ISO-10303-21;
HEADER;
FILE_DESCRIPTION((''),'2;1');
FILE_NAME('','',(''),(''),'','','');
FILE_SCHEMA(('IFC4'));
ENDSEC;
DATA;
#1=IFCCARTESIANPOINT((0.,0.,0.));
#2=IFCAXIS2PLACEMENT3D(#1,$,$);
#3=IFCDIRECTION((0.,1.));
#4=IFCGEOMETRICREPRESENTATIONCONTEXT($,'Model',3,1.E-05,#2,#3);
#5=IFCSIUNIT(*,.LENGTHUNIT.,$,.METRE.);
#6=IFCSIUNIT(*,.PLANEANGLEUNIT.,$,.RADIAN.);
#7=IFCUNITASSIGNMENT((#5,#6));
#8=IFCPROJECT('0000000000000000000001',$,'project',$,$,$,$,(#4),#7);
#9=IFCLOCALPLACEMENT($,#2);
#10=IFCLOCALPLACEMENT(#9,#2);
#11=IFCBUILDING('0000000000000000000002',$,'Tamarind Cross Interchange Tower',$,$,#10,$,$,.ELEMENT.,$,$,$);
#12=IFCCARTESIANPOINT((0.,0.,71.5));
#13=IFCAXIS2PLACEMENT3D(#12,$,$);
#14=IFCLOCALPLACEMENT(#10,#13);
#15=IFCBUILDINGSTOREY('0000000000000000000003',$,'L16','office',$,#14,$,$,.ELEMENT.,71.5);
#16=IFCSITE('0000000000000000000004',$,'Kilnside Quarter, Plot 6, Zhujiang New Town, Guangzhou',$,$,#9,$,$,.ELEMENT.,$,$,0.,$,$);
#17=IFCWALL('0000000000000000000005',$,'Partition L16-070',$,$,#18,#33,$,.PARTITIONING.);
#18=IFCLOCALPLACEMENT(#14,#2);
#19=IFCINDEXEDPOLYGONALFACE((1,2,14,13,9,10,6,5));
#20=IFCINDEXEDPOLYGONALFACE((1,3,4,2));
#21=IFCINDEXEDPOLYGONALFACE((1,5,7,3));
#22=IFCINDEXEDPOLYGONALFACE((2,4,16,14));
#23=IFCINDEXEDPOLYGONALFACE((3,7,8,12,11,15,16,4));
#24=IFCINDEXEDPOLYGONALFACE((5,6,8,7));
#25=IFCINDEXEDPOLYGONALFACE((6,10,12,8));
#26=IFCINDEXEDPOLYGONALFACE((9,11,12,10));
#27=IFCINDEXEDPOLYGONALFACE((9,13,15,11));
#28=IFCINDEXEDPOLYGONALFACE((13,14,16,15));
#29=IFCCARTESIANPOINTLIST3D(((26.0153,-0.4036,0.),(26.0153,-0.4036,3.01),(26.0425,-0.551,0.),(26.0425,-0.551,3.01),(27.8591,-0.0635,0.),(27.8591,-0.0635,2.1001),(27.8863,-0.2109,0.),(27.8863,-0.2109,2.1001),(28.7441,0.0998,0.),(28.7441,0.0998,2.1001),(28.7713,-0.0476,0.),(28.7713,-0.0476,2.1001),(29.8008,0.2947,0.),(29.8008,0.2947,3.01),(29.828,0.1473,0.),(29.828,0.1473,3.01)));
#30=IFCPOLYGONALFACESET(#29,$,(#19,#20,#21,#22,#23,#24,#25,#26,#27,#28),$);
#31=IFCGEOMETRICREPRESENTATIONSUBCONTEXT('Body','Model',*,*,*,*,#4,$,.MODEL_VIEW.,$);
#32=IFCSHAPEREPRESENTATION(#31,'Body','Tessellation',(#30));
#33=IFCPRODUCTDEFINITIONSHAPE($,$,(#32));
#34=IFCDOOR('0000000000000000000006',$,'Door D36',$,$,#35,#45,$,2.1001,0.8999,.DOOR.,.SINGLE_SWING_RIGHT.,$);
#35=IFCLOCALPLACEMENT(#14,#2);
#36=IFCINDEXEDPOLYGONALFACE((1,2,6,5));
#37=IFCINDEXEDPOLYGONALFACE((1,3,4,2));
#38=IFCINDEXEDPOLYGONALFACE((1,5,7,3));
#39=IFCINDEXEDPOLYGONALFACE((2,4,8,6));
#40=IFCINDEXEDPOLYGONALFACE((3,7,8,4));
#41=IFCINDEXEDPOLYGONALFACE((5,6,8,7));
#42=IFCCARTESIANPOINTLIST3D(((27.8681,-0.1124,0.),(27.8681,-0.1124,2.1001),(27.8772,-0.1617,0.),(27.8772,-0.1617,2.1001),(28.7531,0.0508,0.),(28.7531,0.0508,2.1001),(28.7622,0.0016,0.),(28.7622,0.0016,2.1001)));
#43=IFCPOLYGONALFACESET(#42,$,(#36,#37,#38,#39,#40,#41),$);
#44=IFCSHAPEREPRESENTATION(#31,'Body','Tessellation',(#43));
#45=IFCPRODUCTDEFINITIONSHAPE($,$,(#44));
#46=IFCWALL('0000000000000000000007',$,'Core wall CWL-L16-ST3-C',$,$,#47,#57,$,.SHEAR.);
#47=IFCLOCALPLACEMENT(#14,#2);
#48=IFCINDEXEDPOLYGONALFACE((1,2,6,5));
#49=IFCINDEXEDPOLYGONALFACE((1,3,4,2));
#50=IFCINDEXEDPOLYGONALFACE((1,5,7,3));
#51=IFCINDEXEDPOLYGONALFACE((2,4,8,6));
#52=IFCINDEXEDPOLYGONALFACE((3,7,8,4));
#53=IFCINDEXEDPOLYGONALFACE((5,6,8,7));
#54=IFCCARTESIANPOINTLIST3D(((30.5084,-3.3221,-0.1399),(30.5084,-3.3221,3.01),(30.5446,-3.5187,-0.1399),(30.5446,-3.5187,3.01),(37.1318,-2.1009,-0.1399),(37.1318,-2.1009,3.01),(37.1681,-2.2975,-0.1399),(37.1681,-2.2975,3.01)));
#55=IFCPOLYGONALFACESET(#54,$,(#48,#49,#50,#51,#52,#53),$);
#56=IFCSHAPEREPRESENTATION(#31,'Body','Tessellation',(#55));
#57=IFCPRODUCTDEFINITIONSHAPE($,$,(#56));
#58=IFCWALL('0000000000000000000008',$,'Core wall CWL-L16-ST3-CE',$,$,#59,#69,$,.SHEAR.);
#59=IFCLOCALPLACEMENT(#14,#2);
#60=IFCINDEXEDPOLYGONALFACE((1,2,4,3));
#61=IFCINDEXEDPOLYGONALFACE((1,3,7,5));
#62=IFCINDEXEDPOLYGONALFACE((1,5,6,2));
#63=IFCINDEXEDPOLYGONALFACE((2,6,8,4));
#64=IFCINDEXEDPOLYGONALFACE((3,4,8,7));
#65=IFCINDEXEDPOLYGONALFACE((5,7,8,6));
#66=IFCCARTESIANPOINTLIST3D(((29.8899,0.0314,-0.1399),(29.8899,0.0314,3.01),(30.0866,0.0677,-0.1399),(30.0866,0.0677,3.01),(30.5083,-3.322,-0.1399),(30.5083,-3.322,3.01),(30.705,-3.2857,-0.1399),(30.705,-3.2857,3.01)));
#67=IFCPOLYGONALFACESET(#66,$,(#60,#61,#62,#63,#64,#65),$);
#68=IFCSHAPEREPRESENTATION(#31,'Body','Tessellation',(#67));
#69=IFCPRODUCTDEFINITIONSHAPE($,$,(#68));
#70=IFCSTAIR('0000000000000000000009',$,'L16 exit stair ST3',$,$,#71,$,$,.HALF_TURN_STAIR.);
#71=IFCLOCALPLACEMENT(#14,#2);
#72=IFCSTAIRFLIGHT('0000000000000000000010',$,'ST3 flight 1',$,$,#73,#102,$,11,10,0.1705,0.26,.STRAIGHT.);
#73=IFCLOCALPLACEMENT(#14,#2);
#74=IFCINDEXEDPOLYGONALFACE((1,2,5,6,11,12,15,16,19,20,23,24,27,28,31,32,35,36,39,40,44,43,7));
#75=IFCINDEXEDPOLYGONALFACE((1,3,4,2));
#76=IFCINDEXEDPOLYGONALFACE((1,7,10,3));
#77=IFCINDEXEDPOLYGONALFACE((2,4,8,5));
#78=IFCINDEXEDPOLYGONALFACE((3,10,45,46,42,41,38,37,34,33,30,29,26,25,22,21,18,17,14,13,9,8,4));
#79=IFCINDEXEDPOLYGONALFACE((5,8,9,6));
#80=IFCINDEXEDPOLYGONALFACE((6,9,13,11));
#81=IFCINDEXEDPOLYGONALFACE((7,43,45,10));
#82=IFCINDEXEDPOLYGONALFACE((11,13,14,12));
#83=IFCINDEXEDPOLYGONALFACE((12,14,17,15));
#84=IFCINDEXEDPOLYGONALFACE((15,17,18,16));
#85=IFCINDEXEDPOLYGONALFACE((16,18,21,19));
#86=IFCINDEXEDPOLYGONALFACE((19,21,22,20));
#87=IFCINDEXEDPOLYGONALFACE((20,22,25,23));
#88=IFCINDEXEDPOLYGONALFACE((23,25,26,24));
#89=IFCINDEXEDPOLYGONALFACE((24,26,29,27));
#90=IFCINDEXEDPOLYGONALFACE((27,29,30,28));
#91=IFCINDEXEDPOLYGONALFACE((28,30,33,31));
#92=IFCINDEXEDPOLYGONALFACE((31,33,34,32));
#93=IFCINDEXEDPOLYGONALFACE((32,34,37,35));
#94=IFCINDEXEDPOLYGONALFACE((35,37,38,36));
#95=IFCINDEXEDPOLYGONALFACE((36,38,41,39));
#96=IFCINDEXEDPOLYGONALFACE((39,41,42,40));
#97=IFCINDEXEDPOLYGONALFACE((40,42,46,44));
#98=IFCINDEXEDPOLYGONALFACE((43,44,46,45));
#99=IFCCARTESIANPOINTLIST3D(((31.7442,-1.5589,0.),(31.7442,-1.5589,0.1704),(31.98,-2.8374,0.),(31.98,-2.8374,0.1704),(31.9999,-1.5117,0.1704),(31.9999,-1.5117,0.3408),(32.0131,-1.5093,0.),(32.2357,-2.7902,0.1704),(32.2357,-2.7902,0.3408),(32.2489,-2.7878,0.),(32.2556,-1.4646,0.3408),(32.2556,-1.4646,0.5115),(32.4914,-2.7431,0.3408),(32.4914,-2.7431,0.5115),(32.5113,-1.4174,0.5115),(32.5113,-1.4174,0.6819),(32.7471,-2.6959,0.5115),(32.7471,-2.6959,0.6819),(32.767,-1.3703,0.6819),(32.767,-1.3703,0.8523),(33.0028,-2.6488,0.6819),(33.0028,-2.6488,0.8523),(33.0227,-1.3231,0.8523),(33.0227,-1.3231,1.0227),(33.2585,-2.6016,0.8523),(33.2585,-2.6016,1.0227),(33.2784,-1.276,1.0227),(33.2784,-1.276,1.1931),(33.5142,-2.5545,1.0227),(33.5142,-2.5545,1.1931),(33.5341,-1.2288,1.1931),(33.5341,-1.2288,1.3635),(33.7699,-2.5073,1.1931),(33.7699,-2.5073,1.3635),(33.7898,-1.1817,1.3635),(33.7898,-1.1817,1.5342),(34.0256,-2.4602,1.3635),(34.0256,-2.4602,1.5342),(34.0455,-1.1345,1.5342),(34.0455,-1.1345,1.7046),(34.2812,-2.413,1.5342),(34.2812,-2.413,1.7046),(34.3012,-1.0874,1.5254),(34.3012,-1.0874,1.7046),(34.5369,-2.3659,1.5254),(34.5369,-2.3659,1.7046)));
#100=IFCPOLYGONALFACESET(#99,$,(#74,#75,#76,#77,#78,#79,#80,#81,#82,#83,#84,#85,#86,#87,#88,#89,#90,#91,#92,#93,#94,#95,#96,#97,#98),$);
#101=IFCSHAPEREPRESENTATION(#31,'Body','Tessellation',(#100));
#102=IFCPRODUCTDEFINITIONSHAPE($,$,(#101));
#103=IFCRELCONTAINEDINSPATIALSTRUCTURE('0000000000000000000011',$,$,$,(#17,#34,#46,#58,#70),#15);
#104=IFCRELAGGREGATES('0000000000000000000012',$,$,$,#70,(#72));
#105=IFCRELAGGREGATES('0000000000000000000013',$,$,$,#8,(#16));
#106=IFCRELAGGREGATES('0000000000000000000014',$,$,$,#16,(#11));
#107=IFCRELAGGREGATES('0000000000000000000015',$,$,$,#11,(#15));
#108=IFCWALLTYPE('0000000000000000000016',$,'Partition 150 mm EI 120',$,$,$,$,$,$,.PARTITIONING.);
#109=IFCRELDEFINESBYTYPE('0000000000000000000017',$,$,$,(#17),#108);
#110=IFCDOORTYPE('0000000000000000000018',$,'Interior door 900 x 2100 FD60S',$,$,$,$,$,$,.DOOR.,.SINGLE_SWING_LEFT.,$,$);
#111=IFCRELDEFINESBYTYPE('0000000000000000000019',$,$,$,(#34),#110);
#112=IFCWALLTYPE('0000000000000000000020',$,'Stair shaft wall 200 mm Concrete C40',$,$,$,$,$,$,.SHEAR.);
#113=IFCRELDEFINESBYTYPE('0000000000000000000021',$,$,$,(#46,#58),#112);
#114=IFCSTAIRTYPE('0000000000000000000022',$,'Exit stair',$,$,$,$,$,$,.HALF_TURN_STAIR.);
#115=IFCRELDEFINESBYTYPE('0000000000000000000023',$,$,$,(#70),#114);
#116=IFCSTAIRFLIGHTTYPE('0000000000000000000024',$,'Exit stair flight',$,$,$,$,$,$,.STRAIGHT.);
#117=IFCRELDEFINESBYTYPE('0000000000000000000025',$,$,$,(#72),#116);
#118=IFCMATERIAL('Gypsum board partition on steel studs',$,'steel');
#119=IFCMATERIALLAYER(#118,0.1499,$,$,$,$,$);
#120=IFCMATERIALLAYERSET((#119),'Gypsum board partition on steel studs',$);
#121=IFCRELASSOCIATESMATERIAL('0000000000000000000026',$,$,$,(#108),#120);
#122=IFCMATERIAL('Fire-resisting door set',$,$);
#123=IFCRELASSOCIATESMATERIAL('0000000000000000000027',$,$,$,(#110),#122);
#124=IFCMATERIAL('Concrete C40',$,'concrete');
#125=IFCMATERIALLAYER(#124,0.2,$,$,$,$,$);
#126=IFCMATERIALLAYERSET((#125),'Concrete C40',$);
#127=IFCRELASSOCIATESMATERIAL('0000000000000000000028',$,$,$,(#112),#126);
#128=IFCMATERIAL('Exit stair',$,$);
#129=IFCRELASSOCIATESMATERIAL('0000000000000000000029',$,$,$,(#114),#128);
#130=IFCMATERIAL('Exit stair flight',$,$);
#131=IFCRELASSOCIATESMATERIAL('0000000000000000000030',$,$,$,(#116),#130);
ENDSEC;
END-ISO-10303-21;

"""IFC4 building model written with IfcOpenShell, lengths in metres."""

from ifc_helpers import new_model, si_unit, direction, frame, frame_2d, origin, place, context, subcontext, project, spatial, polyline, rectangle, outline, extrude, material, layer, layer_set, type_object, element, fill, aggregate, save


model = new_model("IFC4")

# Units and contexts
model_context = context("Model", 3, precision=1e-05, world=origin(), true_north=direction((0.0, 1.0)))
body_context = subcontext(model_context, "Body", "Model", "MODEL_VIEW")
ifc_project = project(units=[si_unit("LENGTHUNIT", "METRE"), si_unit("PLANEANGLEUNIT", "RADIAN")], contexts=[model_context])

# Site, building, storey
site_placement = place(None, origin())
site = spatial("IfcSite", under=ifc_project, at=site_placement, Name="Kilnside Quarter, Plot 6, Zhujiang New Town, Guangzhou", CompositionType="ELEMENT", RefElevation=0.0)
building_placement = place(site_placement, origin())
building = spatial("IfcBuilding", under=site, at=building_placement, Name="Tamarind Cross Interchange Tower", CompositionType="ELEMENT")
storey_placement = place(building_placement, frame((0.0, 0.0, 71.5)))
storey = spatial("IfcBuildingStorey", under=building, at=storey_placement, Name="L16", Description="office", CompositionType="ELEMENT", Elevation=71.5)

# Shared definitions
ifc_material_1 = material(Name="Concrete C40", Category="concrete")

# Shared definitions
ifc_material_2 = material(Name="Gypsum board partition on steel studs", Category="steel")
ifc_layer_1 = layer(ifc_material_2, 0.1499)
ifc_layer_set_1 = layer_set([ifc_layer_1], Name="Gypsum board partition on steel studs")
wall_type_1 = type_object("IfcWallType", Name="Partition 150 mm EI 120", PredefinedType="PARTITIONING", material=ifc_layer_set_1)

# Wall, opening, door
ifc_material_3 = material(Name="Fire-resisting door set")
door_type = type_object("IfcDoorType", Name="Interior door 900 x 2100 FD60S", OperationType="SINGLE_SWING_LEFT", PredefinedType="DOOR", material=ifc_material_3)
wall_1_placement = place(storey_placement, frame((26.0288, -0.4773, 0.0), z_axis=(0.0, 0.0, 1.0), x_axis=(0.98341, 0.181396, 0.0)))
wall_1 = element("IfcWall", 1, at=wall_1_placement, inside=storey, type_object=wall_type_1, Name="Partition L16-070", PredefinedType="PARTITIONING", context=body_context, shape_type="SweptSolid", body=[
    extrude(rectangle(XDim=3.8494, YDim=0.1499, at=frame_2d((1.9248, 0.0))), origin(), (0.0, 0.0, 1.0), 3.01),
])
opening_1_placement = place(wall_1_placement, frame((1.875, 0.0, 0.0)))
opening_1 = element("IfcOpeningElement", 2, at=opening_1_placement, cuts=wall_1, PredefinedType="OPENING", context=body_context, shape_type="SweptSolid", body=[
    extrude(rectangle(XDim=0.8999, YDim=2.1001, at=frame_2d((0.45, 1.05))), frame((0.0, 0.085, 0.0), z_axis=(0.0, -1.0, 0.0), x_axis=(1.0, 0.0, 0.0)), (0.0, 0.0, 1.0), 0.1699),
])
door_1_placement = place(opening_1_placement, frame((0.8999, 0.0, 0.0), z_axis=(0.0, 0.0, 1.0), x_axis=(-1.0, 0.0, 0.0)))
door_1 = element("IfcDoor", 3, at=door_1_placement, inside=storey, type_object=door_type, Name="Door D36", OperationType="SINGLE_SWING_RIGHT", OverallHeight=2.1001, OverallWidth=0.8999, PredefinedType="DOOR", context=body_context, shape_type="SweptSolid", body=[
    extrude(rectangle(XDim=0.8999, YDim=2.1001, at=frame_2d((0.45, 1.05))), frame((0.0, 0.0249, 0.0), z_axis=(0.0, -1.0, 0.0), x_axis=(1.0, 0.0, 0.0)), (0.0, 0.0, 1.0), 0.05),
])
fill(opening_1, door_1)

# Walls
ifc_layer_2 = layer(ifc_material_1, 0.2)
ifc_layer_set_2 = layer_set([ifc_layer_2], Name="Concrete C40")
wall_type_2 = type_object("IfcWallType", Name="Stair shaft wall 200 mm Concrete C40", PredefinedType="SHEAR", material=ifc_layer_set_2)
wall_2_placement = place(storey_placement, frame((30.5264, -3.4204, -0.1399), z_axis=(0.0, 0.0, 1.0), x_axis=(0.983425, 0.181316, 0.0)))
element("IfcWall", 4, at=wall_2_placement, inside=storey, type_object=wall_type_2, Name="Core wall CWL-L16-ST3-C", PredefinedType="SHEAR", context=body_context, shape_type="SweptSolid", body=[
    extrude(rectangle(XDim=6.7351, YDim=0.2, at=frame_2d((3.3677, 0.0))), origin(), (0.0, 0.0, 1.0), 3.1499),
])
wall_3_placement = place(storey_placement, frame((30.6067, -3.304, -0.1399), z_axis=(0.0, 0.0, 1.0), x_axis=(-0.181361, 0.983417, 0.0)))
element("IfcWall", 5, at=wall_3_placement, inside=storey, type_object=wall_type_2, Name="Core wall CWL-L16-ST3-CE", PredefinedType="SHEAR", context=body_context, shape_type="SweptSolid", body=[
    extrude(rectangle(XDim=3.4099, YDim=0.2, at=frame_2d((1.7051, 0.0))), origin(), (0.0, 0.0, 1.0), 3.1499),
])

# Stair, stair flight
ifc_material_4 = material(Name="Exit stair")
stair_type = type_object("IfcStairType", Name="Exit stair", PredefinedType="HALF_TURN_STAIR", material=ifc_material_4)
stair_placement = place(storey_placement, origin())
stair = element("IfcStair", 6, at=stair_placement, inside=storey, type_object=stair_type, Name="L16 exit stair ST3", PredefinedType="HALF_TURN_STAIR")
ifc_material_5 = material(Name="Exit stair flight")
stair_flight_type = type_object("IfcStairFlightType", Name="Exit stair flight", PredefinedType="STRAIGHT", material=ifc_material_5)
stair_flight_placement = place(storey_placement, frame((31.8621, -2.198, 0.0), z_axis=(0.0, 0.0, 1.0), x_axis=(0.98342, 0.181343, 0.0)))
stair_flight = element("IfcStairFlight", 7, at=stair_flight_placement, type_object=stair_flight_type, Name="ST3 flight 1", NumberOfRisers=11, NumberOfTreads=10, PredefinedType="STRAIGHT", RiserHeight=0.1705, TreadLength=0.26, context=body_context, shape_type="SweptSolid", body=[
    extrude(outline(polyline([(0.0, 0.0), (0.0, 0.1704), (0.26, 0.1704), (0.26, 0.3408), (0.52, 0.3408), (0.52, 0.5115), (0.78, 0.5115), (0.78, 0.6819), (1.04, 0.6819), (1.04, 0.8523), (1.3, 0.8523), (1.3, 1.0227), (1.5601, 1.0227), (1.5601, 1.1931), (1.8201, 1.1931), (1.8201, 1.3635), (2.0801, 1.3635), (2.0801, 1.5342), (2.3401, 1.5342), (2.3401, 1.7046), (2.6001, 1.7046), (2.6001, 1.875), (2.6001, 1.5254), (0.2734, 0.0), (0.0, 0.0)])), frame((0.0, 0.6499, 0.0), z_axis=(0.0, -1.0, 0.0), x_axis=(1.0, 0.0, 0.0)), (0.0, 0.0, 1.0), 1.3),
])
aggregate(stair, [stair_flight])

save(model, "model.ifc")
